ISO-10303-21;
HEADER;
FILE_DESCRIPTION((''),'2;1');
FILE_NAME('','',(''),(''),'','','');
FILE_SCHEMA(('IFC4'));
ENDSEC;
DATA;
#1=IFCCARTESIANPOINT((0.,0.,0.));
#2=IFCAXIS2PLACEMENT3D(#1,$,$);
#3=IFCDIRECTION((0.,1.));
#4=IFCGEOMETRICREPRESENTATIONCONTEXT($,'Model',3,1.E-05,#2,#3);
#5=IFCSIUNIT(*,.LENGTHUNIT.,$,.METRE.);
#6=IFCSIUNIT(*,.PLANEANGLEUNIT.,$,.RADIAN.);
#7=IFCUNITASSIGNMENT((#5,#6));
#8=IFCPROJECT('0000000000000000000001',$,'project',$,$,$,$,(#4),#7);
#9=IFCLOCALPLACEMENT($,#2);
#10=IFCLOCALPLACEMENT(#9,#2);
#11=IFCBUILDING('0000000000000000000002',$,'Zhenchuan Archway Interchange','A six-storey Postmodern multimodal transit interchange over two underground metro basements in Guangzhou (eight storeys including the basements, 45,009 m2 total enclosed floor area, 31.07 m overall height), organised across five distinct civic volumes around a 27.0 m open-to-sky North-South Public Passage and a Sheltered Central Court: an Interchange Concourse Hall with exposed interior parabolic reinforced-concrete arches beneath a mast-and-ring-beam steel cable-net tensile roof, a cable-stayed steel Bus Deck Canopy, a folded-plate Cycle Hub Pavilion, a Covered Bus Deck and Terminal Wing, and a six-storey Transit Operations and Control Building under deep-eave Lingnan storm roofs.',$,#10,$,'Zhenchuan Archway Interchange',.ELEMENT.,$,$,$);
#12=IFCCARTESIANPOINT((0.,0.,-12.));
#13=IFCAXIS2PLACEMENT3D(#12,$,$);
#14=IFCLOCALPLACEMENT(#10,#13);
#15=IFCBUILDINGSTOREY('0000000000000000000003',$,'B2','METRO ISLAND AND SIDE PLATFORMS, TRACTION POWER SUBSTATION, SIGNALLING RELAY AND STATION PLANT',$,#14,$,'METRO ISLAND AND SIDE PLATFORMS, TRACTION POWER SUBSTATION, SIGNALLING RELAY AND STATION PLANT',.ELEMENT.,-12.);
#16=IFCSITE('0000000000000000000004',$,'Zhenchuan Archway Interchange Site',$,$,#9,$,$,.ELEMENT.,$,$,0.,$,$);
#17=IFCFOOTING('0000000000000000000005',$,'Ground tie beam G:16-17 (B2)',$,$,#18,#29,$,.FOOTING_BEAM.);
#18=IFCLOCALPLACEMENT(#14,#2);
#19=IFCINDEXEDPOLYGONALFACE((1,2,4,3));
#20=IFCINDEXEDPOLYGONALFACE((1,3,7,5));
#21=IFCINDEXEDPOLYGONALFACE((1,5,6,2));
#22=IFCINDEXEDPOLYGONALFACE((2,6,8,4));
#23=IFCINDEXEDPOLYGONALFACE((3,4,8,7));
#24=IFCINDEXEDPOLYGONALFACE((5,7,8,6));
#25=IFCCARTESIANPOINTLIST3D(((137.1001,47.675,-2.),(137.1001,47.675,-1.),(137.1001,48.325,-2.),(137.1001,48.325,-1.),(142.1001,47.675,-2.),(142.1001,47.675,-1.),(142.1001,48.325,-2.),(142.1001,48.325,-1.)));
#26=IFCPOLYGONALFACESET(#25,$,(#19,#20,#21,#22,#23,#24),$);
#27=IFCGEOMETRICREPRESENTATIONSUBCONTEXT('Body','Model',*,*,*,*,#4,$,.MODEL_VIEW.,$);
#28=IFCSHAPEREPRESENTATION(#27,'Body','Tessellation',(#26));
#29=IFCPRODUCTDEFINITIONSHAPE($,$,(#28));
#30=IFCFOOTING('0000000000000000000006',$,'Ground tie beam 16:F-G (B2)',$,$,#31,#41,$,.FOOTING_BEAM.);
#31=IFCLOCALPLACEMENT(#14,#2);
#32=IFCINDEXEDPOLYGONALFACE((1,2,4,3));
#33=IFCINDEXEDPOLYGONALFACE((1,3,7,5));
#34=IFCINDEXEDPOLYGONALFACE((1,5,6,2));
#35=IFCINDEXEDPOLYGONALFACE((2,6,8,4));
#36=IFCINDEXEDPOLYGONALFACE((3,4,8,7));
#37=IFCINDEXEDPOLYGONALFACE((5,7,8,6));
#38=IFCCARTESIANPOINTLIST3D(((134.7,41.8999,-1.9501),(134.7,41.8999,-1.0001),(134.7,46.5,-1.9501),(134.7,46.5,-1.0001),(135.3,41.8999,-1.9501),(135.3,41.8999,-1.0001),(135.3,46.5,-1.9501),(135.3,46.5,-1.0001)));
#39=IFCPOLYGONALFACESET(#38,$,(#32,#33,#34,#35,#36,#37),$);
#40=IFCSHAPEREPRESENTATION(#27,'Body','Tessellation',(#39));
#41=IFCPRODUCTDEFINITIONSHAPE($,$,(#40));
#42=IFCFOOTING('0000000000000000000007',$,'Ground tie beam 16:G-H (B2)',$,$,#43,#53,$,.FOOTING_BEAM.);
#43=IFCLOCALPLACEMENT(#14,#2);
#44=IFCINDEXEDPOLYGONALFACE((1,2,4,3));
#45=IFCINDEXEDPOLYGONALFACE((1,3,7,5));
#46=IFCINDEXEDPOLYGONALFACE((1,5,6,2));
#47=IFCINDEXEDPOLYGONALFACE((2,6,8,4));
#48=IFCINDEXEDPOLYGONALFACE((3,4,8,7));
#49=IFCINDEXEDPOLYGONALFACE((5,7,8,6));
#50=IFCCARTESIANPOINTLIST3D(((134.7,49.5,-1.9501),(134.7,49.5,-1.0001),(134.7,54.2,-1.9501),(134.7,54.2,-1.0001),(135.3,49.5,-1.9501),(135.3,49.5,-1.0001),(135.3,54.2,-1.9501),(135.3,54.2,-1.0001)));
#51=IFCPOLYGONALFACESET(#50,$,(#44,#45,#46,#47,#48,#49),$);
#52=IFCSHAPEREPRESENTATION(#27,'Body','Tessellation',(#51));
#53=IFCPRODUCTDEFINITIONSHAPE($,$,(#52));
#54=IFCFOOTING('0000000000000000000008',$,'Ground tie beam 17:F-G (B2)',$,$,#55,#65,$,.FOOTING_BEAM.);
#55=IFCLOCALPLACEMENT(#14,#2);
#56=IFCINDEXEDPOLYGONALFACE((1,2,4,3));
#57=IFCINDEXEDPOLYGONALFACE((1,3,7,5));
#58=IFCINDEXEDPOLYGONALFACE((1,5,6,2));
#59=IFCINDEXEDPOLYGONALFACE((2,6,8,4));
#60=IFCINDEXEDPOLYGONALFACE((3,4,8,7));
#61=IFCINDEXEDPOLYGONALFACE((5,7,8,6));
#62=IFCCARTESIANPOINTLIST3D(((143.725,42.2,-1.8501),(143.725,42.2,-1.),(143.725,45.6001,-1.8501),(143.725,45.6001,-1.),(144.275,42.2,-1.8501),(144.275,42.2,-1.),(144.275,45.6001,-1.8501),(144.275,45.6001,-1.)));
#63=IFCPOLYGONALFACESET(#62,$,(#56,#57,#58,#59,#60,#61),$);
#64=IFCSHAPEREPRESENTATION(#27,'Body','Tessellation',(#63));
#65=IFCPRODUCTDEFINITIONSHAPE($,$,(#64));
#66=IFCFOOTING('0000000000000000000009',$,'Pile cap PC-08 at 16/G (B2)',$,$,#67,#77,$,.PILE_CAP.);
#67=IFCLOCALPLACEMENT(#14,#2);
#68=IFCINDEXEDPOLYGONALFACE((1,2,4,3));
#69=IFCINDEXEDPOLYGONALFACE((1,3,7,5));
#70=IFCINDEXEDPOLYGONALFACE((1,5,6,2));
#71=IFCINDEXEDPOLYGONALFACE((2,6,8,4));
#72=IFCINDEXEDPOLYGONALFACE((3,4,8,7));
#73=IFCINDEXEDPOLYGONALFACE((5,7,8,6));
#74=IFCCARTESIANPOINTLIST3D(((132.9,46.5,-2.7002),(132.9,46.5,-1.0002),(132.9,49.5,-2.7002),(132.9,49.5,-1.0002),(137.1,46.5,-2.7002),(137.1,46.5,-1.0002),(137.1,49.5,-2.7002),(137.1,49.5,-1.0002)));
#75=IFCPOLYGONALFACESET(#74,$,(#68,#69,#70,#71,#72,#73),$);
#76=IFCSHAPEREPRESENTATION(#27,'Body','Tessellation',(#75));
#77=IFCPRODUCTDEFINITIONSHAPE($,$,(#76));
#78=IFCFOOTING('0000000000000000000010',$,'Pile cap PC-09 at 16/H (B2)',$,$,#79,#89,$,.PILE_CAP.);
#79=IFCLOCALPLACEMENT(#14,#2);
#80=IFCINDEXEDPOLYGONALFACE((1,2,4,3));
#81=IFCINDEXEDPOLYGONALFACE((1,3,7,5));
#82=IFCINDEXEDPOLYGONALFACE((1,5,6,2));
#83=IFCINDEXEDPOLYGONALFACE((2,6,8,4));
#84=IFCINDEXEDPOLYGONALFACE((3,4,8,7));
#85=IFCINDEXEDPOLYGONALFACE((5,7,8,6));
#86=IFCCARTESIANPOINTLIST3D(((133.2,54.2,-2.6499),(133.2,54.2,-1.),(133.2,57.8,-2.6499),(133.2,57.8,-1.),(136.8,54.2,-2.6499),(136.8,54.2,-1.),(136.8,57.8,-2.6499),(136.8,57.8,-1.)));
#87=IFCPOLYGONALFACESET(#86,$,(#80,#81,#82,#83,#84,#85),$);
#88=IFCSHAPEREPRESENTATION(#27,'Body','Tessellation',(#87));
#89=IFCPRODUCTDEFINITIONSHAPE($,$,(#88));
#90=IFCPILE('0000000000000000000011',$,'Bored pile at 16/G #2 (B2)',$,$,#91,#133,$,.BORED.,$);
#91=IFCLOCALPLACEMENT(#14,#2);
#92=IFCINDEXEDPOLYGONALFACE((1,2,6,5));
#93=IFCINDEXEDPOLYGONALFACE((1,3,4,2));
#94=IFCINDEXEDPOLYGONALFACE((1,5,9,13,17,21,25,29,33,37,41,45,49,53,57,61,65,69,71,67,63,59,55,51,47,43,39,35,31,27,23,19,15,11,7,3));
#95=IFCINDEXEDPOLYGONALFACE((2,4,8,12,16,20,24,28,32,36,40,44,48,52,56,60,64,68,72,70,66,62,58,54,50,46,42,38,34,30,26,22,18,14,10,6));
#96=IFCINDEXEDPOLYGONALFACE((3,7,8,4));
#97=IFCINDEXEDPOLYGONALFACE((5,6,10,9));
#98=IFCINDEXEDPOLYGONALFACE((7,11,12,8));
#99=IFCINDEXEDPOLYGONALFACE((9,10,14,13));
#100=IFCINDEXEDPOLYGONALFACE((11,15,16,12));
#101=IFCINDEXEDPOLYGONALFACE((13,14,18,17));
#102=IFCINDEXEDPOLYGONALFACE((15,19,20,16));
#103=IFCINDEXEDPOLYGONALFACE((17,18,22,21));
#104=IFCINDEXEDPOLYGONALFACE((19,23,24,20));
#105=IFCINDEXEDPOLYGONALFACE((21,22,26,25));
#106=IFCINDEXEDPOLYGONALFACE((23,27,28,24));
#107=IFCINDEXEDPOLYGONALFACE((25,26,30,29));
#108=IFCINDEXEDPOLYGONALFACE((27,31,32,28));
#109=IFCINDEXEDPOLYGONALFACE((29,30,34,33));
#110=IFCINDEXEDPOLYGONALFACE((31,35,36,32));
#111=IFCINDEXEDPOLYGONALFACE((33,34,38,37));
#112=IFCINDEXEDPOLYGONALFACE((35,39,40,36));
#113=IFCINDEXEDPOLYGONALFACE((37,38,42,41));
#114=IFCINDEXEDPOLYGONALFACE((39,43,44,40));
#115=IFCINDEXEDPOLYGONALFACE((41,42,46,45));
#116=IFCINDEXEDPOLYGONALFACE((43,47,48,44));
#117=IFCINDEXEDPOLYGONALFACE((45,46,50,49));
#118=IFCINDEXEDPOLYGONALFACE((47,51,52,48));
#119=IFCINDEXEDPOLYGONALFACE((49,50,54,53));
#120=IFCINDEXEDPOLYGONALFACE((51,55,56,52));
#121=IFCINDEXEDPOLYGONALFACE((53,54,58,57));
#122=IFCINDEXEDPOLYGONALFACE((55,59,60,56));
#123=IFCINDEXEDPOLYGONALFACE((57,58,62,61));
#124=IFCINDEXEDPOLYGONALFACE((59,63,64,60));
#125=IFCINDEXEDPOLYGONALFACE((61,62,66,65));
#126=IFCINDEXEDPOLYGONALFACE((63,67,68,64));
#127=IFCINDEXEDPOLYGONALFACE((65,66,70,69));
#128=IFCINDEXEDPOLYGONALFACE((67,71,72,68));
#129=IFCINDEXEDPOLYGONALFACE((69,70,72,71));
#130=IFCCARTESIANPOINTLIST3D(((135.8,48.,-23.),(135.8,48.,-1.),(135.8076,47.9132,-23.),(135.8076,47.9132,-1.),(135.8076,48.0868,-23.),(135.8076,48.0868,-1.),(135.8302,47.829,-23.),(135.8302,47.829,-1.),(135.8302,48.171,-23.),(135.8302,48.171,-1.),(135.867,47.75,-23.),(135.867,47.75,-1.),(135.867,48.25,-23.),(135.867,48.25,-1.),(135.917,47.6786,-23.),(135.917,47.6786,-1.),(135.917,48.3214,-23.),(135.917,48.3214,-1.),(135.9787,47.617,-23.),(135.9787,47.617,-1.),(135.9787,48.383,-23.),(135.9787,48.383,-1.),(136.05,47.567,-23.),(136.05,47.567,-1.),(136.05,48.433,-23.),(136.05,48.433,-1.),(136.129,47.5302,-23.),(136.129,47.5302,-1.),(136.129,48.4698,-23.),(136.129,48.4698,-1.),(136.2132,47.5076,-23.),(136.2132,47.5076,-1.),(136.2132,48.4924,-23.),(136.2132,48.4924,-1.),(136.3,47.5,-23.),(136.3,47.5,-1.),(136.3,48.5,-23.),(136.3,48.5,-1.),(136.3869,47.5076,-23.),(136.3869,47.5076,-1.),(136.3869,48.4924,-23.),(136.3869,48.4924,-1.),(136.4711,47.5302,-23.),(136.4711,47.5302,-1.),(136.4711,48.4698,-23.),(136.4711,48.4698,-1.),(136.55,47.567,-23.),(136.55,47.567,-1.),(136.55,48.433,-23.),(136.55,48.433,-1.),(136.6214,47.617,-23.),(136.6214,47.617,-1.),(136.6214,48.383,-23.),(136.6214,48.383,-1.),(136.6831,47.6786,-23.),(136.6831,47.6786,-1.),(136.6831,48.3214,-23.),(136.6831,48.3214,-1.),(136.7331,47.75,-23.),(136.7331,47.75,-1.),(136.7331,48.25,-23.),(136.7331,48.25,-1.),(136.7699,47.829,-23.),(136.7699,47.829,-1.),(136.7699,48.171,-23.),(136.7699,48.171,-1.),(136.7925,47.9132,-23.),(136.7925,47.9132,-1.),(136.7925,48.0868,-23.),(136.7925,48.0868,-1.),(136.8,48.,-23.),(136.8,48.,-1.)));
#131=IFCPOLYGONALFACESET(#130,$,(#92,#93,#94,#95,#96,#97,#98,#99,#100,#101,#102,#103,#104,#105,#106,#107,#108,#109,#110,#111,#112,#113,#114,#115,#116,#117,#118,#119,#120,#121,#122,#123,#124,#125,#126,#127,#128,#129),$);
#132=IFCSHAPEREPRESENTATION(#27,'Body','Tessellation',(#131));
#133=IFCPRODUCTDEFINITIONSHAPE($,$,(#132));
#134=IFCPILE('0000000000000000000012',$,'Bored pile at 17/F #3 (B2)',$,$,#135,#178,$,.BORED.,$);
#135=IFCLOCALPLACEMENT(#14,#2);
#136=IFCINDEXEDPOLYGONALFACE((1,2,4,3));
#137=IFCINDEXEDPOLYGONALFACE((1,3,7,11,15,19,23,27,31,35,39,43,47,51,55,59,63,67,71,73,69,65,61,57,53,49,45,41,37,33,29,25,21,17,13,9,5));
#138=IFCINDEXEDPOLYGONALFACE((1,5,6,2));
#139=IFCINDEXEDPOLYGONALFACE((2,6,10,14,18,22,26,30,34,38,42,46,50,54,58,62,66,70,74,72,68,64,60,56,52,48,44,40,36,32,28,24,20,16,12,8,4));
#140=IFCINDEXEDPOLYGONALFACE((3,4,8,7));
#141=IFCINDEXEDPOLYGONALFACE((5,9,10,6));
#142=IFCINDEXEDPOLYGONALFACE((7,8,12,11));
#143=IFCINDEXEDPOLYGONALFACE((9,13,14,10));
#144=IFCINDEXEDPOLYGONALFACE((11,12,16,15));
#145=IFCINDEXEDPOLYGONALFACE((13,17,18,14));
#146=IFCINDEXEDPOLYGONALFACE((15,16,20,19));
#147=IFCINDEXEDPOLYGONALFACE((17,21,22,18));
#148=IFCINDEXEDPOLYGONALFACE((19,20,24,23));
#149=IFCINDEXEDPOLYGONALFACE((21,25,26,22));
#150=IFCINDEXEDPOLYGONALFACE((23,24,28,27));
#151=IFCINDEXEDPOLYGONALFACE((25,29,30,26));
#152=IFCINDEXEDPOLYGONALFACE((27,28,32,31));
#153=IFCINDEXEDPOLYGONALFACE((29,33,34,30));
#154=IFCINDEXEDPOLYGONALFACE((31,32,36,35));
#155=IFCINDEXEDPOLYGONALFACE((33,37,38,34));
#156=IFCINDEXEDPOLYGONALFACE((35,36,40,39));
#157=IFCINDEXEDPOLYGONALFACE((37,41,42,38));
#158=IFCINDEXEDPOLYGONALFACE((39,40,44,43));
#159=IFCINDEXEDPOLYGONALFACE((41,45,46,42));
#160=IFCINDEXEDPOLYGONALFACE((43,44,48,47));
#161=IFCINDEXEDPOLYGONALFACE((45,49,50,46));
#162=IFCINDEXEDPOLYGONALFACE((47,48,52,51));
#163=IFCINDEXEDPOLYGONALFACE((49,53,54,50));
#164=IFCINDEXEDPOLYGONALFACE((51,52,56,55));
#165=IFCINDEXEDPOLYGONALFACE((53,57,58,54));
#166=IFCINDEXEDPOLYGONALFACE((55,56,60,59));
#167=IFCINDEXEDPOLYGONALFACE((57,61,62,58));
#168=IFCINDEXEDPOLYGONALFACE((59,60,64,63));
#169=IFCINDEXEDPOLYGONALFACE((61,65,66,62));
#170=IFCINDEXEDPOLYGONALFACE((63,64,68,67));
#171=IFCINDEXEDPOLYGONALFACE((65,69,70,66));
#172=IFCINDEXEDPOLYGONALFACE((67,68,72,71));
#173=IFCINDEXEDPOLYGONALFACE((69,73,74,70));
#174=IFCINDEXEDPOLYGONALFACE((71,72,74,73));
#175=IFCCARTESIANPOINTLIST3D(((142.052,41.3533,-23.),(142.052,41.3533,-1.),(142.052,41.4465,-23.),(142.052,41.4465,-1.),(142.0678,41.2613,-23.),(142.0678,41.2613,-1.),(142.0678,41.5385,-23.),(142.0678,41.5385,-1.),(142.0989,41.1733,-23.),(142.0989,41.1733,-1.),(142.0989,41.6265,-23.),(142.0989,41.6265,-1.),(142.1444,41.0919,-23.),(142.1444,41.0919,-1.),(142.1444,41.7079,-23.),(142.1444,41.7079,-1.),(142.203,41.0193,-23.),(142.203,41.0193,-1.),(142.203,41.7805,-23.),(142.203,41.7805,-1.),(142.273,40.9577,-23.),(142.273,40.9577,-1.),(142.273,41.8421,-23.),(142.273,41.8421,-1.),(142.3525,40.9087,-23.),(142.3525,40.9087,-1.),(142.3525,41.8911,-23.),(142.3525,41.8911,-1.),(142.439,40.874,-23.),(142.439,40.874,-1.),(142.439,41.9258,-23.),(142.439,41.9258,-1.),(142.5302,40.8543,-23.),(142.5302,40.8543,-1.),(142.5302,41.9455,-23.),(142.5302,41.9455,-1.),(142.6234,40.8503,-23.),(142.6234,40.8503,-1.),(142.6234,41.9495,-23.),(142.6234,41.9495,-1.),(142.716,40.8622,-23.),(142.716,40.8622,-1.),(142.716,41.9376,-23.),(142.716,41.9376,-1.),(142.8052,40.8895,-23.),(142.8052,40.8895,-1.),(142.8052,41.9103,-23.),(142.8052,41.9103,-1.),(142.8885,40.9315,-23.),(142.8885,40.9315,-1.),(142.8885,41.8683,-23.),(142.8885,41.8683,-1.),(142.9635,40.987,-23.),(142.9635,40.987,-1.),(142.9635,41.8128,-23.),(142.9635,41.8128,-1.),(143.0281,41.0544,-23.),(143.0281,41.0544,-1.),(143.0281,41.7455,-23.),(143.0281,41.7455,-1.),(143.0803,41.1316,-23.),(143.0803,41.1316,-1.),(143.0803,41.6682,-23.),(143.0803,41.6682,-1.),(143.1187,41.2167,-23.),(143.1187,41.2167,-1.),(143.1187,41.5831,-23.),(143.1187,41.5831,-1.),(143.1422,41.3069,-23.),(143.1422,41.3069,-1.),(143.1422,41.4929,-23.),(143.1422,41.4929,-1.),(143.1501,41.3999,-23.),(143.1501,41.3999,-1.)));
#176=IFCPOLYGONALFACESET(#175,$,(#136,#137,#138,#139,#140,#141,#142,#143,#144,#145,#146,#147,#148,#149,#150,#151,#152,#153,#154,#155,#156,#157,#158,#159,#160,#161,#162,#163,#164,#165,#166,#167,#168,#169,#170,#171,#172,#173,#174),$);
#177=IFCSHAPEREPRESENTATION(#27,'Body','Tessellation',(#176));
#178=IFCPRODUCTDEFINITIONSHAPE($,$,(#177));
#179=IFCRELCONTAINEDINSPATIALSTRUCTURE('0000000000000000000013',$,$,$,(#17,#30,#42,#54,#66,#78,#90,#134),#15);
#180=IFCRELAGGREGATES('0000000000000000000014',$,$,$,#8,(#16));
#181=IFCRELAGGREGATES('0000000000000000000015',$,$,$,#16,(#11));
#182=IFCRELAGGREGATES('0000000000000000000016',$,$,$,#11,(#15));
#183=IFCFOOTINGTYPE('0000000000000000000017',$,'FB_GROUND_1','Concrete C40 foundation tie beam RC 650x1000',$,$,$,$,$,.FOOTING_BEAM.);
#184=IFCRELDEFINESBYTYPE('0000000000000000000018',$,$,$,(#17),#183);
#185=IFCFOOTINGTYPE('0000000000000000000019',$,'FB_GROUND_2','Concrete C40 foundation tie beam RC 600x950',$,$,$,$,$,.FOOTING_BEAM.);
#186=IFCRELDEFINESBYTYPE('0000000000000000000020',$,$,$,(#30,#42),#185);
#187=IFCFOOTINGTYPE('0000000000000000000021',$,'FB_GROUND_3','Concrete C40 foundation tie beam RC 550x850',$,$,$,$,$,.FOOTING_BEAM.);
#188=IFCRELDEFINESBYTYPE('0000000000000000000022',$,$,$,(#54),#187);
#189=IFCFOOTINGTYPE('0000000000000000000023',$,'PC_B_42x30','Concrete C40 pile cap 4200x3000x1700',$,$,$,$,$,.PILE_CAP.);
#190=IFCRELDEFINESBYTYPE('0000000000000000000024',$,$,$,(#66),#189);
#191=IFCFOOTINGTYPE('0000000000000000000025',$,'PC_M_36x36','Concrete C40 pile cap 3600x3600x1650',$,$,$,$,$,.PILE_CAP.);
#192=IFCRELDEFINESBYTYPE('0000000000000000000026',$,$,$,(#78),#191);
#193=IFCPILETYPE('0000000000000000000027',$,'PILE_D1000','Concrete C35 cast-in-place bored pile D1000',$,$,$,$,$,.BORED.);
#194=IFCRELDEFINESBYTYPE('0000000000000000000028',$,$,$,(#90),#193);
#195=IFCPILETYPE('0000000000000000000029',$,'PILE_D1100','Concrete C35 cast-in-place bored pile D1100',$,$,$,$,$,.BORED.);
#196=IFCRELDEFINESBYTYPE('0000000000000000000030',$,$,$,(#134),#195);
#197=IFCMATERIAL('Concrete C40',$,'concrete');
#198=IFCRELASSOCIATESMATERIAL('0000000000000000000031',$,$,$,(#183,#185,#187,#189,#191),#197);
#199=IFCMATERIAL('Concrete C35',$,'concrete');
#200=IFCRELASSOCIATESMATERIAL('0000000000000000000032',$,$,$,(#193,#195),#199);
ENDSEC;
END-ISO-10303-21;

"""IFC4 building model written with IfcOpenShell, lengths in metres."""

from ifc_helpers import new_model, si_unit, direction, frame, origin, origin_2d, place, context, subcontext, project, spatial, rectangle, circle, extrude, material, material_profile, profile_set, type_object, element, save


model = new_model("IFC4")

# Units and contexts
model_context = context("Model", 3, precision=1e-05, world=origin(), true_north=direction((0.0, 1.0)))
body_context = subcontext(model_context, "Body", "Model", "MODEL_VIEW")
ifc_project = project(units=[si_unit("LENGTHUNIT", "METRE"), si_unit("PLANEANGLEUNIT", "RADIAN")], contexts=[model_context])

# Site, building, storey
site_placement = place(None, origin())
site = spatial("IfcSite", under=ifc_project, at=site_placement, Name="Zhenchuan Archway Interchange Site", CompositionType="ELEMENT", RefElevation=0.0)
building_placement = place(site_placement, origin())
building = spatial("IfcBuilding", under=site, at=building_placement, Name="Zhenchuan Archway Interchange", Description="A six-storey Postmodern multimodal transit interchange over two underground metro basements in Guangzhou (eight storeys including the basements, 45,009 m2 total enclosed floor area, 31.07 m overall height), organised across five distinct civic volumes around a 27.0 m open-to-sky North-South Public Passage and a Sheltered Central Court: an Interchange Concourse Hall with exposed interior parabolic reinforced-concrete arches beneath a mast-and-ring-beam steel cable-net tensile roof, a cable-stayed steel Bus Deck Canopy, a folded-plate Cycle Hub Pavilion, a Covered Bus Deck and Terminal Wing, and a six-storey Transit Operations and Control Building under deep-eave Lingnan storm roofs.", LongName="Zhenchuan Archway Interchange", CompositionType="ELEMENT")
storey_placement = place(building_placement, frame((0.0, 0.0, -12.0)))
storey = spatial("IfcBuildingStorey", under=building, at=storey_placement, Name="B2", Description="METRO ISLAND AND SIDE PLATFORMS, TRACTION POWER SUBSTATION, SIGNALLING RELAY AND STATION PLANT", LongName="METRO ISLAND AND SIDE PLATFORMS, TRACTION POWER SUBSTATION, SIGNALLING RELAY AND STATION PLANT", CompositionType="ELEMENT", Elevation=-12.0)

# Footings
ifc_material_1 = material(Name="Concrete C40", Category="concrete")
ifc_material_profile_1 = material_profile(ifc_material_1, rectangle(XDim=0.6499, YDim=1.0, at=origin_2d()), Name="RC 650x1000")
ifc_profile_set_1 = profile_set([ifc_material_profile_1], Name="Concrete C40")
footing_type_1 = type_object("IfcFootingType", Name="FB_GROUND_1", Description="Concrete C40 foundation tie beam RC 650x1000", PredefinedType="FOOTING_BEAM", material=ifc_profile_set_1)
footing_1_placement = place(storey_placement, frame((137.1001, 48.0, -1.5), z_axis=(1.0, 0.0, 0.0), x_axis=(0.0, 1.0, 0.0)))
element("IfcFooting", 1, at=footing_1_placement, inside=storey, type_object=footing_type_1, Name="Ground tie beam G:16-17 (B2)", PredefinedType="FOOTING_BEAM", context=body_context, shape_type="SweptSolid", body=[
    extrude(rectangle(XDim=0.6499, YDim=1.0, at=origin_2d()), origin(), (0.0, 0.0, 1.0), 5.0),
])
ifc_material_profile_2 = material_profile(ifc_material_1, rectangle(XDim=0.6001, YDim=0.95, at=origin_2d()), Name="RC 600x950")
ifc_profile_set_2 = profile_set([ifc_material_profile_2], Name="Concrete C40")
footing_type_2 = type_object("IfcFootingType", Name="FB_GROUND_2", Description="Concrete C40 foundation tie beam RC 600x950", PredefinedType="FOOTING_BEAM", material=ifc_profile_set_2)
footing_2_placement = place(storey_placement, frame((135.0, 41.8999, -1.4751), z_axis=(0.0, 1.0, 0.0), x_axis=(-1.0, 0.0, 0.0)))
element("IfcFooting", 2, at=footing_2_placement, inside=storey, type_object=footing_type_2, Name="Ground tie beam 16:F-G (B2)", PredefinedType="FOOTING_BEAM", context=body_context, shape_type="SweptSolid", body=[
    extrude(rectangle(XDim=0.6001, YDim=0.95, at=origin_2d()), origin(), (0.0, 0.0, 1.0), 4.6001),
])
footing_3_placement = place(storey_placement, frame((135.0, 49.5, -1.4751), z_axis=(0.0, 1.0, 0.0), x_axis=(-1.0, 0.0, 0.0)))
element("IfcFooting", 3, at=footing_3_placement, inside=storey, type_object=footing_type_2, Name="Ground tie beam 16:G-H (B2)", PredefinedType="FOOTING_BEAM", context=body_context, shape_type="SweptSolid", body=[
    extrude(rectangle(XDim=0.6001, YDim=0.95, at=origin_2d()), origin(), (0.0, 0.0, 1.0), 4.7),
])
ifc_material_profile_3 = material_profile(ifc_material_1, rectangle(XDim=0.55, YDim=0.8501, at=origin_2d()), Name="RC 550x850")
ifc_profile_set_3 = profile_set([ifc_material_profile_3], Name="Concrete C40")
footing_type_3 = type_object("IfcFootingType", Name="FB_GROUND_3", Description="Concrete C40 foundation tie beam RC 550x850", PredefinedType="FOOTING_BEAM", material=ifc_profile_set_3)
footing_4_placement = place(storey_placement, frame((144.0, 42.2, -1.425), z_axis=(0.0, 1.0, 0.0), x_axis=(-1.0, 0.0, 0.0)))
element("IfcFooting", 4, at=footing_4_placement, inside=storey, type_object=footing_type_3, Name="Ground tie beam 17:F-G (B2)", PredefinedType="FOOTING_BEAM", context=body_context, shape_type="SweptSolid", body=[
    extrude(rectangle(XDim=0.55, YDim=0.8501, at=origin_2d()), origin(), (0.0, 0.0, 1.0), 3.4001),
])
footing_type_4 = type_object("IfcFootingType", Name="PC_B_42x30", Description="Concrete C40 pile cap 4200x3000x1700", PredefinedType="PILE_CAP", material=ifc_material_1)
footing_5_placement = place(storey_placement, frame((135.0, 48.0, -2.7002), z_axis=(0.0, 0.0, 1.0), x_axis=(1.0, 0.0, 0.0)))
element("IfcFooting", 5, at=footing_5_placement, inside=storey, type_object=footing_type_4, Name="Pile cap PC-08 at 16/G (B2)", PredefinedType="PILE_CAP", context=body_context, shape_type="SweptSolid", body=[
    extrude(rectangle(XDim=4.2, YDim=3.0, at=origin_2d()), origin(), (0.0, 0.0, 1.0), 1.7),
])
footing_type_5 = type_object("IfcFootingType", Name="PC_M_36x36", Description="Concrete C40 pile cap 3600x3600x1650", PredefinedType="PILE_CAP", material=ifc_material_1)
footing_6_placement = place(storey_placement, frame((135.0, 56.0, -2.6499), z_axis=(0.0, 0.0, 1.0), x_axis=(1.0, 0.0, 0.0)))
element("IfcFooting", 6, at=footing_6_placement, inside=storey, type_object=footing_type_5, Name="Pile cap PC-09 at 16/H (B2)", PredefinedType="PILE_CAP", context=body_context, shape_type="SweptSolid", body=[
    extrude(rectangle(XDim=3.6001, YDim=3.6001, at=origin_2d()), origin(), (0.0, 0.0, 1.0), 1.6499),
])

# Piles
ifc_material_2 = material(Name="Concrete C35", Category="concrete")
ifc_material_profile_4 = material_profile(ifc_material_2, circle(Radius=0.5, at=origin_2d()), Name="BORED PILE 1000")
ifc_profile_set_4 = profile_set([ifc_material_profile_4], Name="Concrete C35")
pile_type_1 = type_object("IfcPileType", Name="PILE_D1000", Description="Concrete C35 cast-in-place bored pile D1000", PredefinedType="BORED", material=ifc_profile_set_4)
pile_1_placement = place(storey_placement, frame((136.3, 48.0, -1.0), z_axis=(0.0, 0.0, -1.0), x_axis=(1.0, 0.0, 0.0)))
element("IfcPile", 7, at=pile_1_placement, inside=storey, type_object=pile_type_1, Name="Bored pile at 16/G #2 (B2)", PredefinedType="BORED", context=body_context, shape_type="SweptSolid", body=[
    extrude(circle(Radius=0.5, at=origin_2d()), origin(), (0.0, 0.0, 1.0), 22.0),
])
ifc_material_profile_5 = material_profile(ifc_material_2, circle(Radius=0.55, at=origin_2d()), Name="BORED PILE 1100")
ifc_profile_set_5 = profile_set([ifc_material_profile_5], Name="Concrete C35")
pile_type_2 = type_object("IfcPileType", Name="PILE_D1100", Description="Concrete C35 cast-in-place bored pile D1100", PredefinedType="BORED", material=ifc_profile_set_5)
pile_2_placement = place(storey_placement, frame((142.6001, 41.3999, -1.0), z_axis=(0.0, 0.0, -1.0), x_axis=(1.0, 0.0, 0.0)))
element("IfcPile", 8, at=pile_2_placement, inside=storey, type_object=pile_type_2, Name="Bored pile at 17/F #3 (B2)", PredefinedType="BORED", context=body_context, shape_type="SweptSolid", body=[
    extrude(circle(Radius=0.55, at=origin_2d()), origin(), (0.0, 0.0, 1.0), 22.0),
])

save(model, "model.ifc")
